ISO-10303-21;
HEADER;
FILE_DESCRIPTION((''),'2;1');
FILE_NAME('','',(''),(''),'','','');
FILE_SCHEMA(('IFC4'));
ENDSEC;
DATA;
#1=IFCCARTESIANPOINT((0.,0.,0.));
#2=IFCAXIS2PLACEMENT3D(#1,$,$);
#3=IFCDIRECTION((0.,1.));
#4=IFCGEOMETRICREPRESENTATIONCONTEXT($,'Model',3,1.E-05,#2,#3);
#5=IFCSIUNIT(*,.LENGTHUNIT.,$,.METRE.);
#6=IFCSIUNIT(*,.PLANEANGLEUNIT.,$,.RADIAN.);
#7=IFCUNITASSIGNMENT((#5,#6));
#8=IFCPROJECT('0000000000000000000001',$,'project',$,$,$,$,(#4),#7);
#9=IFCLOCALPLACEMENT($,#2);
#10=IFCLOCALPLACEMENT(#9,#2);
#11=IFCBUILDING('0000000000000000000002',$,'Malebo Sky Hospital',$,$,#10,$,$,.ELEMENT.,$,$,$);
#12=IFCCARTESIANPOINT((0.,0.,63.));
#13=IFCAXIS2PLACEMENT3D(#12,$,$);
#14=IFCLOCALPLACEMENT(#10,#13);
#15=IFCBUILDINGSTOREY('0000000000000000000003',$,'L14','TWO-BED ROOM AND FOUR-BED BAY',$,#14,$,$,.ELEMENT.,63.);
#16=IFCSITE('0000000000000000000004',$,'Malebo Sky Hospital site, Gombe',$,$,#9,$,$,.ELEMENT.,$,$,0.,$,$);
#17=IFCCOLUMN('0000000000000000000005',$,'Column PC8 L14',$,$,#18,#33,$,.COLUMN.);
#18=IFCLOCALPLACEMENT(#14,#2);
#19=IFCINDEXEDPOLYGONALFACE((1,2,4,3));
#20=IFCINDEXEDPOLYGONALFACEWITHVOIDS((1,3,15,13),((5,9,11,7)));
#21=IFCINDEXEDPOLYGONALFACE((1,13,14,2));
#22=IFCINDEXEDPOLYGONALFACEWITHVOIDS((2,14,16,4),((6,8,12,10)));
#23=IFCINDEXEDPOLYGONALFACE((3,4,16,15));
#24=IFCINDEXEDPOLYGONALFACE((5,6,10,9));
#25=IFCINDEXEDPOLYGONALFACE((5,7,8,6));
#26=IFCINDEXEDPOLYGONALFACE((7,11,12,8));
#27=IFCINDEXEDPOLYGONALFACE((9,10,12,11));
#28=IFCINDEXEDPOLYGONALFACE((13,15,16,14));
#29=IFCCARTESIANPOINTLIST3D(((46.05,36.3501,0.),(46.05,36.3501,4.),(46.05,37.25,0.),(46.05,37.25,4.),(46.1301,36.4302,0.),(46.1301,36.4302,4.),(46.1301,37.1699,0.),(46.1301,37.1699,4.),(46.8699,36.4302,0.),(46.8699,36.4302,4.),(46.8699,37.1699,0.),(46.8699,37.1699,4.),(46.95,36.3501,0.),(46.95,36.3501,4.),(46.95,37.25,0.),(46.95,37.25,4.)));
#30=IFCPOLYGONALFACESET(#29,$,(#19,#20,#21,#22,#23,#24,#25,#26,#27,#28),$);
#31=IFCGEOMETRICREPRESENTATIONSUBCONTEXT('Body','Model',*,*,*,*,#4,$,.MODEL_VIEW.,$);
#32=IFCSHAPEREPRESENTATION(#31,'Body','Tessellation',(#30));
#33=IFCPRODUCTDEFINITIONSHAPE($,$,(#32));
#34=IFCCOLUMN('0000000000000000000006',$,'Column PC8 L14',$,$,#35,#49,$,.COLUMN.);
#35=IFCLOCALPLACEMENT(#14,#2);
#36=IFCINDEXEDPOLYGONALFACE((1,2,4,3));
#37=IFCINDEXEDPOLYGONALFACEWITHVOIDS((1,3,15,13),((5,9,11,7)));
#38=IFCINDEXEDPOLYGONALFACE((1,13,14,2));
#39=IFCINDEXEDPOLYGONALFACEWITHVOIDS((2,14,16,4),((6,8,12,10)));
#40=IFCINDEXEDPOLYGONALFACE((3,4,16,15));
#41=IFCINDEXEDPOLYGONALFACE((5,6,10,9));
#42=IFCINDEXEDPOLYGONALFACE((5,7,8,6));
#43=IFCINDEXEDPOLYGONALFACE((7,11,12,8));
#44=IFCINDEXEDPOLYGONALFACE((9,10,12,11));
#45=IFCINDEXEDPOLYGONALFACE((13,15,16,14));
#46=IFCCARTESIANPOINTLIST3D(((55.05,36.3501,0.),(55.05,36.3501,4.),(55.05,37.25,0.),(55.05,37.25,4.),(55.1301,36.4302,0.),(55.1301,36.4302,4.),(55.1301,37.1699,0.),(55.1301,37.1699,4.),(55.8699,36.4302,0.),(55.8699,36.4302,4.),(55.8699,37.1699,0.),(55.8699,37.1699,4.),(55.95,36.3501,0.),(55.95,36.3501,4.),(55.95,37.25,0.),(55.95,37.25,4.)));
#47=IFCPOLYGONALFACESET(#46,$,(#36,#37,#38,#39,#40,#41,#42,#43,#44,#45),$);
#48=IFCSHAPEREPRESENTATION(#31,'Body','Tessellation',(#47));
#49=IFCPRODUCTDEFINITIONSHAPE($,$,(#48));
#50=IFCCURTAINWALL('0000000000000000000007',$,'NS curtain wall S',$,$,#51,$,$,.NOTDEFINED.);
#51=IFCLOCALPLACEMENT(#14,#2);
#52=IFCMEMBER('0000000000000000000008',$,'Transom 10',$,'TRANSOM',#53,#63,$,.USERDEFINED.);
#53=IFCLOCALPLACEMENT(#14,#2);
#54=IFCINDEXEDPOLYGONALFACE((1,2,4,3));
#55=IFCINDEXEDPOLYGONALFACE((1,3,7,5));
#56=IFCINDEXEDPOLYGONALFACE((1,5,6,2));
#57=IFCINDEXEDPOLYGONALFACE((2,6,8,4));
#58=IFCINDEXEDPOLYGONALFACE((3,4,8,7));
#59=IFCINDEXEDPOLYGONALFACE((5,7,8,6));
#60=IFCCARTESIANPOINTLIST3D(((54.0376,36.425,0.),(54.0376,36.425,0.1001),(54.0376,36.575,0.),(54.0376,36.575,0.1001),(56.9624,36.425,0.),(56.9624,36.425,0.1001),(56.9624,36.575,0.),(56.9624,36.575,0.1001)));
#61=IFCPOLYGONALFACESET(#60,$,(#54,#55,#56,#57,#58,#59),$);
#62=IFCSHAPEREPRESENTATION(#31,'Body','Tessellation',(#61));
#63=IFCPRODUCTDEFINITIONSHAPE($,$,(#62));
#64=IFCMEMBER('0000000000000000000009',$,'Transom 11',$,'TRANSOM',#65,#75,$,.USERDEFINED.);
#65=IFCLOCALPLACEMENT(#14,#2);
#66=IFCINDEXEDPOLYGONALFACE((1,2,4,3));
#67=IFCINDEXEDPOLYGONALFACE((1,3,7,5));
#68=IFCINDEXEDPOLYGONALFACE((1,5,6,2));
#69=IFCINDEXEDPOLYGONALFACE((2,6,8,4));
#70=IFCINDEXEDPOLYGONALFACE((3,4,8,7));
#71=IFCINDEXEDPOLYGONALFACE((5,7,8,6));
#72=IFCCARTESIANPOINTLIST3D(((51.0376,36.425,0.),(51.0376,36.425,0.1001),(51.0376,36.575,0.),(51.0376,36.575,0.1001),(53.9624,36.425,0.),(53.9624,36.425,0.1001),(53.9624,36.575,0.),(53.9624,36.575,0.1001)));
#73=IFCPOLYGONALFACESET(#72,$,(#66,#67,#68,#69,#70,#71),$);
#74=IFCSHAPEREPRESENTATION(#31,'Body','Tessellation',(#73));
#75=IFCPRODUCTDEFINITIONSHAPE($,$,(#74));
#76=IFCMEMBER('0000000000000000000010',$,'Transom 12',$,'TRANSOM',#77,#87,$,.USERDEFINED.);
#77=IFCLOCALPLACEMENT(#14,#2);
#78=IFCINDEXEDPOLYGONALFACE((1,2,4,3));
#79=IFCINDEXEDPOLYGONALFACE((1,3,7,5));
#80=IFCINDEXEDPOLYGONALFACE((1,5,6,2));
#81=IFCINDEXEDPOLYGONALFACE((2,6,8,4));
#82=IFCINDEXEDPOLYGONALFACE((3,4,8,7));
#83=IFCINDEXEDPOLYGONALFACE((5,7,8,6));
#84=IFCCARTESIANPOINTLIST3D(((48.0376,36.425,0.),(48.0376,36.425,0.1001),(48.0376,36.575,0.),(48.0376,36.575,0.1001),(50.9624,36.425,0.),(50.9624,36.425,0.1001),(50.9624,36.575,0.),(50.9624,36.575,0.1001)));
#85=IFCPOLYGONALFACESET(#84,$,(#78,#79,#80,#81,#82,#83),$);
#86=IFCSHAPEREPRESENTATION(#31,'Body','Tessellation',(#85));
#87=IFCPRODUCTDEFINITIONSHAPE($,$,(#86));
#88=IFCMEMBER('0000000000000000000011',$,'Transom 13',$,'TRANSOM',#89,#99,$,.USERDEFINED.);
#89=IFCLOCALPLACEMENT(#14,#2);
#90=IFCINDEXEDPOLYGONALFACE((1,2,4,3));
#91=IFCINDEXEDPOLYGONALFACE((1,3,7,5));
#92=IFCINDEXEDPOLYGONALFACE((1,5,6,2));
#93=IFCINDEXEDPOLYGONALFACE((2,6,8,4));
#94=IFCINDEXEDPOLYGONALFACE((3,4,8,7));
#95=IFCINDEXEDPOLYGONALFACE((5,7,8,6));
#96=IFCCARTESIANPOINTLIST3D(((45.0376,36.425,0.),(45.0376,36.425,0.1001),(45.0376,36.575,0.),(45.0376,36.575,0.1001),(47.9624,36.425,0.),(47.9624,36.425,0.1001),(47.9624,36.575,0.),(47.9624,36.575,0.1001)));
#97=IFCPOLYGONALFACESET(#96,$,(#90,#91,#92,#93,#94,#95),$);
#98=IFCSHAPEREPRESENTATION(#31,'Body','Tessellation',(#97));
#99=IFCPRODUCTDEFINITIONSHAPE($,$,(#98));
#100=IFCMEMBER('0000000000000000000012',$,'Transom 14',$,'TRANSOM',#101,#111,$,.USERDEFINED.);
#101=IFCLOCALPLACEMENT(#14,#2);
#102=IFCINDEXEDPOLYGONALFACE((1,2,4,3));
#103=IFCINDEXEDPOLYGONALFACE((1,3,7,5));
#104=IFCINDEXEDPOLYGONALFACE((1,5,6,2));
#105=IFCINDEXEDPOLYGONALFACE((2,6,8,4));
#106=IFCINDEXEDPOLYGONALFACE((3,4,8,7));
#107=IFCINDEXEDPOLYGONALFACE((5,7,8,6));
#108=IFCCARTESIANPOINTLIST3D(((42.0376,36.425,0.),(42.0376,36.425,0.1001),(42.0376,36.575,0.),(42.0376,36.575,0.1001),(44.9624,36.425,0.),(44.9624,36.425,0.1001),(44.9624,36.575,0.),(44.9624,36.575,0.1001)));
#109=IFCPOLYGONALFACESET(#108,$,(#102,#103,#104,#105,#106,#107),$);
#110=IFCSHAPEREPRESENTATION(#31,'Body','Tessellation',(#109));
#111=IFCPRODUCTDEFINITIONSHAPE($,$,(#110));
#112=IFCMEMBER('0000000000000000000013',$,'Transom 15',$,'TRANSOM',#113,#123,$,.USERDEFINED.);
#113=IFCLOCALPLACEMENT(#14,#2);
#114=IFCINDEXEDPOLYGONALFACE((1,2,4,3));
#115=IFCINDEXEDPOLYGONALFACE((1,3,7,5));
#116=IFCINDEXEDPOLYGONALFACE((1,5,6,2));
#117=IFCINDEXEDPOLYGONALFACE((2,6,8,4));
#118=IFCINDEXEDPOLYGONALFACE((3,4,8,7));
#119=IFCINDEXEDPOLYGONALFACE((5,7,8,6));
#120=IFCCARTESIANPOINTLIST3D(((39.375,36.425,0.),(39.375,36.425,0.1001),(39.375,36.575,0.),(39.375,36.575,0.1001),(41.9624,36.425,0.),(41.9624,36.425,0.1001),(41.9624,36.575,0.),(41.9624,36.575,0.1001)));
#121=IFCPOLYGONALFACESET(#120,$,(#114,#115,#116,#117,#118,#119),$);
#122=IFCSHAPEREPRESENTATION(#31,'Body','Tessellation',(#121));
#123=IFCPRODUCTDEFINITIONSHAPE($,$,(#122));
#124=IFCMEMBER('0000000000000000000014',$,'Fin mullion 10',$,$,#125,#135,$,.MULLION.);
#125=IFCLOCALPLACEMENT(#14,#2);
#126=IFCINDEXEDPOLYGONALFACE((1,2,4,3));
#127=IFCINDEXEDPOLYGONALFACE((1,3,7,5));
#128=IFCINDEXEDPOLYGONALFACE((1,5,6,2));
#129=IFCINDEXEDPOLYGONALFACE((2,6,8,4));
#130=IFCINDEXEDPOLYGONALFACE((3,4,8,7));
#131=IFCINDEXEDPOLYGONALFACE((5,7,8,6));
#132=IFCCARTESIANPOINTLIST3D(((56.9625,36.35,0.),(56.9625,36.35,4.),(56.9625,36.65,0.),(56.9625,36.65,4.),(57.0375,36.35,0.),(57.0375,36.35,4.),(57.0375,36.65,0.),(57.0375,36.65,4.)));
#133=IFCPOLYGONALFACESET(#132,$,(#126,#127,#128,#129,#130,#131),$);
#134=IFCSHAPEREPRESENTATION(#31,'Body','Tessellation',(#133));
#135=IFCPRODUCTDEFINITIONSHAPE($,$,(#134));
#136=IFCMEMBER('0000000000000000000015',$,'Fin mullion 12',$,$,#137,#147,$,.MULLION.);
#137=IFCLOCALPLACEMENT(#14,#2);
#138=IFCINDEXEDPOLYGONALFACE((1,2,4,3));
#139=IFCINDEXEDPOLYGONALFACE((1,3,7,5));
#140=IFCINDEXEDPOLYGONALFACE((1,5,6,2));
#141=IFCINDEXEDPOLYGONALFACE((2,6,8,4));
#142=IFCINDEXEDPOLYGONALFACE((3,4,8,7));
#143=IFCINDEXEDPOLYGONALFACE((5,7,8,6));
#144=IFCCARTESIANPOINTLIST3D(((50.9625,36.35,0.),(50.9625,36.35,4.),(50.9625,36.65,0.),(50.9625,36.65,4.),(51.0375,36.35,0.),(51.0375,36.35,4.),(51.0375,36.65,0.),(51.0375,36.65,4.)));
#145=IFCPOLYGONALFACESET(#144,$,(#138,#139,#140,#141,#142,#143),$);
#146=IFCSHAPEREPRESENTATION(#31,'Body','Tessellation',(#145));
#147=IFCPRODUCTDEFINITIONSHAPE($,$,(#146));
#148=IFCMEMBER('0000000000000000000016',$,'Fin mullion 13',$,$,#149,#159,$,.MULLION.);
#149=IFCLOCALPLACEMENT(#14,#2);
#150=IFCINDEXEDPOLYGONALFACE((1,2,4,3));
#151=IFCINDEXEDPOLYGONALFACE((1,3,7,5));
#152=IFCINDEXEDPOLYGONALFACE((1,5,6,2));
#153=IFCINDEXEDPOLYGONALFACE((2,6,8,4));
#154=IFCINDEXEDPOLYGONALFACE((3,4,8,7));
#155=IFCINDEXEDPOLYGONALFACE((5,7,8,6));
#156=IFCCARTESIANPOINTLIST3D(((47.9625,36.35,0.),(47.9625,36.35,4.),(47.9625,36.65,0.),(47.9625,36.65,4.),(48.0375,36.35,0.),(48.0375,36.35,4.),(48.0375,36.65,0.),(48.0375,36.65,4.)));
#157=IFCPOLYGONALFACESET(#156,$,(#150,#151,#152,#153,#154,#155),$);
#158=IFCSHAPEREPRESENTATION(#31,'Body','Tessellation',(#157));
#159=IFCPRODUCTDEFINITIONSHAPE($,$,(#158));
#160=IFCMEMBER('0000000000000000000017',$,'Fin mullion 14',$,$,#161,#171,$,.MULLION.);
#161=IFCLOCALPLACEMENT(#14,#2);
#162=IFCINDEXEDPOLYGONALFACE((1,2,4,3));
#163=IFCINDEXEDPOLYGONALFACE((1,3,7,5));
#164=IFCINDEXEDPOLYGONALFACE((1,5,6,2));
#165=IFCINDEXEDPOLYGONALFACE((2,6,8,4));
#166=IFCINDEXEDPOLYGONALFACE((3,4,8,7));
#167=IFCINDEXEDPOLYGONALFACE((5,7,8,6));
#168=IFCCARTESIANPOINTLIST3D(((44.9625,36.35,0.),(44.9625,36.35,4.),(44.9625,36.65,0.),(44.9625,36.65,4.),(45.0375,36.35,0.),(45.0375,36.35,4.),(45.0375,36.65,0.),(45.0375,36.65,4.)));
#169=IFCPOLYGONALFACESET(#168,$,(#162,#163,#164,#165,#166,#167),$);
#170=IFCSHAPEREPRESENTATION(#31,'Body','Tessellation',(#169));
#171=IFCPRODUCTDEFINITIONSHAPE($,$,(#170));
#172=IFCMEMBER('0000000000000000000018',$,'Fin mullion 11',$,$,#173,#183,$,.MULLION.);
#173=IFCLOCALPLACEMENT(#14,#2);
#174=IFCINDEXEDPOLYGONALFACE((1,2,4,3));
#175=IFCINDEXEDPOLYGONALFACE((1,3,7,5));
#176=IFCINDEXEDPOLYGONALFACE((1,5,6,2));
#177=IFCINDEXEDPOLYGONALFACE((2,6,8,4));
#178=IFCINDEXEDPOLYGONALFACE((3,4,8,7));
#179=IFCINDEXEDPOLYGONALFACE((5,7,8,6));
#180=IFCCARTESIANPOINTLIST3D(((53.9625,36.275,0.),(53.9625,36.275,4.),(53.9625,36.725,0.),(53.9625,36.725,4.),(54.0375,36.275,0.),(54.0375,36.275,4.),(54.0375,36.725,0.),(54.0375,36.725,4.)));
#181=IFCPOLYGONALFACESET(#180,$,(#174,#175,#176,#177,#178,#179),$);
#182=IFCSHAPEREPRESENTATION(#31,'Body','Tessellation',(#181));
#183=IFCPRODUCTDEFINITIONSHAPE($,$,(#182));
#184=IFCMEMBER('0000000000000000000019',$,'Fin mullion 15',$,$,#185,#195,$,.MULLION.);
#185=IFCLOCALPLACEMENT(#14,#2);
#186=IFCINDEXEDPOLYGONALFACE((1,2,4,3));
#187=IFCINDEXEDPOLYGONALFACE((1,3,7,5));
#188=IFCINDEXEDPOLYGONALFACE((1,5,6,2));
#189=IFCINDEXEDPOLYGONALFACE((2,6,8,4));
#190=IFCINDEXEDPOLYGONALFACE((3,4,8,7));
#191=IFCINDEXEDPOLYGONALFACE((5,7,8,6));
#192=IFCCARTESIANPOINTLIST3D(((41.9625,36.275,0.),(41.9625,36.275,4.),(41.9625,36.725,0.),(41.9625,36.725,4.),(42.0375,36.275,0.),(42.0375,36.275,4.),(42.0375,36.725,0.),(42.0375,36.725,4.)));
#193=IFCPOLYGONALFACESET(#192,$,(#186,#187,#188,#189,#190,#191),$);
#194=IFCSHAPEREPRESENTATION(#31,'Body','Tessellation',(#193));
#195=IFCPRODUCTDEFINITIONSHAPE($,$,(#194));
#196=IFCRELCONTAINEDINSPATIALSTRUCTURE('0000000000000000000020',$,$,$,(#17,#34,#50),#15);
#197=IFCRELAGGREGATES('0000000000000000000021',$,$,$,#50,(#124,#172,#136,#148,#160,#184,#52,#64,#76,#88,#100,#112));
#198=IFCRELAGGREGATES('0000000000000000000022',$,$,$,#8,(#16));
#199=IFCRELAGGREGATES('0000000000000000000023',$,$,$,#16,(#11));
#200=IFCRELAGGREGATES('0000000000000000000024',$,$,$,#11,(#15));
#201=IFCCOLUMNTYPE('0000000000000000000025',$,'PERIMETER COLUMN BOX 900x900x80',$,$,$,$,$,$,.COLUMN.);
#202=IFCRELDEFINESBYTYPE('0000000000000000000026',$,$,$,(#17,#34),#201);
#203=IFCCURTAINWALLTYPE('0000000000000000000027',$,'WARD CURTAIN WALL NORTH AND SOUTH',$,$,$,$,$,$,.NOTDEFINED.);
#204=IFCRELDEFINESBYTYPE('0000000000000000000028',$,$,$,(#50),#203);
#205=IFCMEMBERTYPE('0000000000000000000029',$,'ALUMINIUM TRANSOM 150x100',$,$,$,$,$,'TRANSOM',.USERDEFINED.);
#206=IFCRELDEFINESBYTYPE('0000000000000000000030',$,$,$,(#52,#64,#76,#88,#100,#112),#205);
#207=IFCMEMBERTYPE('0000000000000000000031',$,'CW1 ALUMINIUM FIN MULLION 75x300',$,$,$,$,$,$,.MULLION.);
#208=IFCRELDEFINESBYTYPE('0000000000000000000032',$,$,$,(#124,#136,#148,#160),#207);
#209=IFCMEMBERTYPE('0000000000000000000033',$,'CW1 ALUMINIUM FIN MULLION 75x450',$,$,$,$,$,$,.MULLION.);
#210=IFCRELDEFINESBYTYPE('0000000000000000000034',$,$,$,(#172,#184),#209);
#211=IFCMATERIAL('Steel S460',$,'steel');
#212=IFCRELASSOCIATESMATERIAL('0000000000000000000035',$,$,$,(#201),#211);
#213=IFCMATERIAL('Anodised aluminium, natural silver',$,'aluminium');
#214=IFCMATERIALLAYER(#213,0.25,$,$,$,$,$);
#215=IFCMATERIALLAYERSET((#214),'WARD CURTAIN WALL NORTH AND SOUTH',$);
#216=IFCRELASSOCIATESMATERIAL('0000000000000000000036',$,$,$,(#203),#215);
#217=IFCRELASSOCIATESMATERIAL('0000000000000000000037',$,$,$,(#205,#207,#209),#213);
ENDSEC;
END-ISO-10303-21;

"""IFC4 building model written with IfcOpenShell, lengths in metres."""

from ifc_helpers import new_model, si_unit, direction, frame, origin, origin_2d, place, context, subcontext, project, spatial, rectangle, hollow_rectangle, extrude, material, layer, layer_set, material_profile, profile_set, type_object, element, aggregate, save


model = new_model("IFC4")

# Units and contexts
model_context = context("Model", 3, precision=1e-05, world=origin(), true_north=direction((0.0, 1.0)))
body_context = subcontext(model_context, "Body", "Model", "MODEL_VIEW")
ifc_project = project(units=[si_unit("LENGTHUNIT", "METRE"), si_unit("PLANEANGLEUNIT", "RADIAN")], contexts=[model_context])

# Site, building, storey
site_placement = place(None, origin())
site = spatial("IfcSite", under=ifc_project, at=site_placement, Name="Malebo Sky Hospital site, Gombe", CompositionType="ELEMENT", RefElevation=0.0)
building_placement = place(site_placement, origin())
building = spatial("IfcBuilding", under=site, at=building_placement, Name="Malebo Sky Hospital", CompositionType="ELEMENT")
storey_placement = place(building_placement, frame((0.0, 0.0, 63.0)))
storey = spatial("IfcBuildingStorey", under=building, at=storey_placement, Name="L14", Description="TWO-BED ROOM AND FOUR-BED BAY", CompositionType="ELEMENT", Elevation=63.0)

# Columns
ifc_material_1 = material(Name="Steel S460", Category="steel")
ifc_material_profile_1 = material_profile(ifc_material_1, hollow_rectangle(XDim=0.8999, YDim=0.8999, WallThickness=0.0801, at=origin_2d()), Name="BOX 900x900x80")
ifc_profile_set_1 = profile_set([ifc_material_profile_1], Name="Steel S460")
column_type = type_object("IfcColumnType", Name="PERIMETER COLUMN BOX 900x900x80", PredefinedType="COLUMN", material=ifc_profile_set_1)
for number, where, z_axis, x_axis, name in (
    (1, (46.5, 36.8, 0.0), (0.0, 0.0, 1.0), (1.0, 0.0, 0.0), "Column PC8 L14"),
    (2, (55.5, 36.8, 0.0), (0.0, 0.0, 1.0), (1.0, 0.0, 0.0), "Column PC8 L14"),
):
    element("IfcColumn", number, at=place(storey_placement, frame(where, z_axis=z_axis, x_axis=x_axis)), inside=storey, type_object=column_type, Name=name, PredefinedType="COLUMN", context=body_context, shape_type="SweptSolid", body=[
        extrude(hollow_rectangle(XDim=0.8999, YDim=0.8999, WallThickness=0.0801, at=origin_2d()), origin(), (0.0, 0.0, 1.0), 4.0),
    ])

# Curtain wall, members
ifc_material_2 = material(Name="Anodised aluminium, natural silver", Category="aluminium")
ifc_layer_1 = layer(ifc_material_2, 0.25)
ifc_layer_set_1 = layer_set([ifc_layer_1], Name="WARD CURTAIN WALL NORTH AND SOUTH")
curtain_wall_type = type_object("IfcCurtainWallType", Name="WARD CURTAIN WALL NORTH AND SOUTH", PredefinedType="NOTDEFINED", material=ifc_layer_set_1)
curtain_wall_placement = place(storey_placement, origin())
curtain_wall = element("IfcCurtainWall", 3, at=curtain_wall_placement, inside=storey, type_object=curtain_wall_type, Name="NS curtain wall S", PredefinedType="NOTDEFINED")
ifc_material_profile_2 = material_profile(ifc_material_2, rectangle(XDim=0.1499, YDim=0.1001, at=origin_2d()), Name="ALUMINIUM TRANSOM 150x100")
ifc_profile_set_2 = profile_set([ifc_material_profile_2], Name="Anodised aluminium, natural silver")
member_type_1 = type_object("IfcMemberType", Name="ALUMINIUM TRANSOM 150x100", ElementType="TRANSOM", PredefinedType="USERDEFINED", material=ifc_profile_set_2)
member_1_placement = place(storey_placement, frame((56.9624, 36.5, 0.05), z_axis=(-1.0, 0.0, 0.0), x_axis=(0.0, -1.0, 0.0)))
member_1 = element("IfcMember", 4, at=member_1_placement, type_object=member_type_1, Name="Transom 10", ObjectType="TRANSOM", PredefinedType="USERDEFINED", context=body_context, shape_type="SweptSolid", body=[
    extrude(rectangle(XDim=0.1499, YDim=0.1001, at=origin_2d()), origin(), (0.0, 0.0, 1.0), 2.9248),
])
member_2_placement = place(storey_placement, frame((53.9624, 36.5, 0.05), z_axis=(-1.0, 0.0, 0.0), x_axis=(0.0, -1.0, 0.0)))
member_2 = element("IfcMember", 5, at=member_2_placement, type_object=member_type_1, Name="Transom 11", ObjectType="TRANSOM", PredefinedType="USERDEFINED", context=body_context, shape_type="SweptSolid", body=[
    extrude(rectangle(XDim=0.1499, YDim=0.1001, at=origin_2d()), origin(), (0.0, 0.0, 1.0), 2.9248),
])
member_3_placement = place(storey_placement, frame((50.9624, 36.5, 0.05), z_axis=(-1.0, 0.0, 0.0), x_axis=(0.0, -1.0, 0.0)))
member_3 = element("IfcMember", 6, at=member_3_placement, type_object=member_type_1, Name="Transom 12", ObjectType="TRANSOM", PredefinedType="USERDEFINED", context=body_context, shape_type="SweptSolid", body=[
    extrude(rectangle(XDim=0.1499, YDim=0.1001, at=origin_2d()), origin(), (0.0, 0.0, 1.0), 2.9248),
])
member_4_placement = place(storey_placement, frame((47.9624, 36.5, 0.05), z_axis=(-1.0, 0.0, 0.0), x_axis=(0.0, -1.0, 0.0)))
member_4 = element("IfcMember", 7, at=member_4_placement, type_object=member_type_1, Name="Transom 13", ObjectType="TRANSOM", PredefinedType="USERDEFINED", context=body_context, shape_type="SweptSolid", body=[
    extrude(rectangle(XDim=0.1499, YDim=0.1001, at=origin_2d()), origin(), (0.0, 0.0, 1.0), 2.9248),
])
member_5_placement = place(storey_placement, frame((44.9624, 36.5, 0.05), z_axis=(-1.0, 0.0, 0.0), x_axis=(0.0, -1.0, 0.0)))
member_5 = element("IfcMember", 8, at=member_5_placement, type_object=member_type_1, Name="Transom 14", ObjectType="TRANSOM", PredefinedType="USERDEFINED", context=body_context, shape_type="SweptSolid", body=[
    extrude(rectangle(XDim=0.1499, YDim=0.1001, at=origin_2d()), origin(), (0.0, 0.0, 1.0), 2.9248),
])
member_6_placement = place(storey_placement, frame((41.9624, 36.5, 0.05), z_axis=(-1.0, 0.0, 0.0), x_axis=(0.0, -1.0, 0.0)))
member_6 = element("IfcMember", 9, at=member_6_placement, type_object=member_type_1, Name="Transom 15", ObjectType="TRANSOM", PredefinedType="USERDEFINED", context=body_context, shape_type="SweptSolid", body=[
    extrude(rectangle(XDim=0.1499, YDim=0.1001, at=origin_2d()), origin(), (0.0, 0.0, 1.0), 2.5874),
])
ifc_material_profile_3 = material_profile(ifc_material_2, rectangle(XDim=0.075, YDim=0.3, at=origin_2d()), Name="CW1 ALUMINIUM FIN MULLION 75x300")
ifc_profile_set_3 = profile_set([ifc_material_profile_3], Name="Anodised aluminium, natural silver")
member_type_2 = type_object("IfcMemberType", Name="CW1 ALUMINIUM FIN MULLION 75x300", PredefinedType="MULLION", material=ifc_profile_set_3)
member_7_placement = place(storey_placement, frame((57.0, 36.5, 0.0), z_axis=(0.0, 0.0, 1.0), x_axis=(-1.0, 0.0, 0.0)))
member_7 = element("IfcMember", 10, at=member_7_placement, type_object=member_type_2, Name="Fin mullion 10", PredefinedType="MULLION", context=body_context, shape_type="SweptSolid", body=[
    extrude(rectangle(XDim=0.075, YDim=0.3, at=origin_2d()), origin(), (0.0, 0.0, 1.0), 4.0),
])
member_8_placement = place(storey_placement, frame((51.0, 36.5, 0.0), z_axis=(0.0, 0.0, 1.0), x_axis=(-1.0, 0.0, 0.0)))
member_8 = element("IfcMember", 11, at=member_8_placement, type_object=member_type_2, Name="Fin mullion 12", PredefinedType="MULLION", context=body_context, shape_type="SweptSolid", body=[
    extrude(rectangle(XDim=0.075, YDim=0.3, at=origin_2d()), origin(), (0.0, 0.0, 1.0), 4.0),
])
member_9_placement = place(storey_placement, frame((48.0, 36.5, 0.0), z_axis=(0.0, 0.0, 1.0), x_axis=(-1.0, 0.0, 0.0)))
member_9 = element("IfcMember", 12, at=member_9_placement, type_object=member_type_2, Name="Fin mullion 13", PredefinedType="MULLION", context=body_context, shape_type="SweptSolid", body=[
    extrude(rectangle(XDim=0.075, YDim=0.3, at=origin_2d()), origin(), (0.0, 0.0, 1.0), 4.0),
])
member_10_placement = place(storey_placement, frame((45.0, 36.5, 0.0), z_axis=(0.0, 0.0, 1.0), x_axis=(-1.0, 0.0, 0.0)))
member_10 = element("IfcMember", 13, at=member_10_placement, type_object=member_type_2, Name="Fin mullion 14", PredefinedType="MULLION", context=body_context, shape_type="SweptSolid", body=[
    extrude(rectangle(XDim=0.075, YDim=0.3, at=origin_2d()), origin(), (0.0, 0.0, 1.0), 4.0),
])
ifc_material_profile_4 = material_profile(ifc_material_2, rectangle(XDim=0.075, YDim=0.45, at=origin_2d()), Name="CW1 ALUMINIUM FIN MULLION 75x450")
ifc_profile_set_4 = profile_set([ifc_material_profile_4], Name="Anodised aluminium, natural silver")
member_type_3 = type_object("IfcMemberType", Name="CW1 ALUMINIUM FIN MULLION 75x450", PredefinedType="MULLION", material=ifc_profile_set_4)
member_11_placement = place(storey_placement, frame((54.0, 36.5, 0.0), z_axis=(0.0, 0.0, 1.0), x_axis=(-1.0, 0.0, 0.0)))
member_11 = element("IfcMember", 14, at=member_11_placement, type_object=member_type_3, Name="Fin mullion 11", PredefinedType="MULLION", context=body_context, shape_type="SweptSolid", body=[
    extrude(rectangle(XDim=0.075, YDim=0.45, at=origin_2d()), origin(), (0.0, 0.0, 1.0), 4.0),
])
member_12_placement = place(storey_placement, frame((42.0, 36.5, 0.0), z_axis=(0.0, 0.0, 1.0), x_axis=(-1.0, 0.0, 0.0)))
member_12 = element("IfcMember", 15, at=member_12_placement, type_object=member_type_3, Name="Fin mullion 15", PredefinedType="MULLION", context=body_context, shape_type="SweptSolid", body=[
    extrude(rectangle(XDim=0.075, YDim=0.45, at=origin_2d()), origin(), (0.0, 0.0, 1.0), 4.0),
])

aggregate(curtain_wall, [member_7, member_11, member_8, member_9, member_10, member_12, member_1, member_2, member_3, member_4, member_5, member_6])

save(model, "model.ifc")
